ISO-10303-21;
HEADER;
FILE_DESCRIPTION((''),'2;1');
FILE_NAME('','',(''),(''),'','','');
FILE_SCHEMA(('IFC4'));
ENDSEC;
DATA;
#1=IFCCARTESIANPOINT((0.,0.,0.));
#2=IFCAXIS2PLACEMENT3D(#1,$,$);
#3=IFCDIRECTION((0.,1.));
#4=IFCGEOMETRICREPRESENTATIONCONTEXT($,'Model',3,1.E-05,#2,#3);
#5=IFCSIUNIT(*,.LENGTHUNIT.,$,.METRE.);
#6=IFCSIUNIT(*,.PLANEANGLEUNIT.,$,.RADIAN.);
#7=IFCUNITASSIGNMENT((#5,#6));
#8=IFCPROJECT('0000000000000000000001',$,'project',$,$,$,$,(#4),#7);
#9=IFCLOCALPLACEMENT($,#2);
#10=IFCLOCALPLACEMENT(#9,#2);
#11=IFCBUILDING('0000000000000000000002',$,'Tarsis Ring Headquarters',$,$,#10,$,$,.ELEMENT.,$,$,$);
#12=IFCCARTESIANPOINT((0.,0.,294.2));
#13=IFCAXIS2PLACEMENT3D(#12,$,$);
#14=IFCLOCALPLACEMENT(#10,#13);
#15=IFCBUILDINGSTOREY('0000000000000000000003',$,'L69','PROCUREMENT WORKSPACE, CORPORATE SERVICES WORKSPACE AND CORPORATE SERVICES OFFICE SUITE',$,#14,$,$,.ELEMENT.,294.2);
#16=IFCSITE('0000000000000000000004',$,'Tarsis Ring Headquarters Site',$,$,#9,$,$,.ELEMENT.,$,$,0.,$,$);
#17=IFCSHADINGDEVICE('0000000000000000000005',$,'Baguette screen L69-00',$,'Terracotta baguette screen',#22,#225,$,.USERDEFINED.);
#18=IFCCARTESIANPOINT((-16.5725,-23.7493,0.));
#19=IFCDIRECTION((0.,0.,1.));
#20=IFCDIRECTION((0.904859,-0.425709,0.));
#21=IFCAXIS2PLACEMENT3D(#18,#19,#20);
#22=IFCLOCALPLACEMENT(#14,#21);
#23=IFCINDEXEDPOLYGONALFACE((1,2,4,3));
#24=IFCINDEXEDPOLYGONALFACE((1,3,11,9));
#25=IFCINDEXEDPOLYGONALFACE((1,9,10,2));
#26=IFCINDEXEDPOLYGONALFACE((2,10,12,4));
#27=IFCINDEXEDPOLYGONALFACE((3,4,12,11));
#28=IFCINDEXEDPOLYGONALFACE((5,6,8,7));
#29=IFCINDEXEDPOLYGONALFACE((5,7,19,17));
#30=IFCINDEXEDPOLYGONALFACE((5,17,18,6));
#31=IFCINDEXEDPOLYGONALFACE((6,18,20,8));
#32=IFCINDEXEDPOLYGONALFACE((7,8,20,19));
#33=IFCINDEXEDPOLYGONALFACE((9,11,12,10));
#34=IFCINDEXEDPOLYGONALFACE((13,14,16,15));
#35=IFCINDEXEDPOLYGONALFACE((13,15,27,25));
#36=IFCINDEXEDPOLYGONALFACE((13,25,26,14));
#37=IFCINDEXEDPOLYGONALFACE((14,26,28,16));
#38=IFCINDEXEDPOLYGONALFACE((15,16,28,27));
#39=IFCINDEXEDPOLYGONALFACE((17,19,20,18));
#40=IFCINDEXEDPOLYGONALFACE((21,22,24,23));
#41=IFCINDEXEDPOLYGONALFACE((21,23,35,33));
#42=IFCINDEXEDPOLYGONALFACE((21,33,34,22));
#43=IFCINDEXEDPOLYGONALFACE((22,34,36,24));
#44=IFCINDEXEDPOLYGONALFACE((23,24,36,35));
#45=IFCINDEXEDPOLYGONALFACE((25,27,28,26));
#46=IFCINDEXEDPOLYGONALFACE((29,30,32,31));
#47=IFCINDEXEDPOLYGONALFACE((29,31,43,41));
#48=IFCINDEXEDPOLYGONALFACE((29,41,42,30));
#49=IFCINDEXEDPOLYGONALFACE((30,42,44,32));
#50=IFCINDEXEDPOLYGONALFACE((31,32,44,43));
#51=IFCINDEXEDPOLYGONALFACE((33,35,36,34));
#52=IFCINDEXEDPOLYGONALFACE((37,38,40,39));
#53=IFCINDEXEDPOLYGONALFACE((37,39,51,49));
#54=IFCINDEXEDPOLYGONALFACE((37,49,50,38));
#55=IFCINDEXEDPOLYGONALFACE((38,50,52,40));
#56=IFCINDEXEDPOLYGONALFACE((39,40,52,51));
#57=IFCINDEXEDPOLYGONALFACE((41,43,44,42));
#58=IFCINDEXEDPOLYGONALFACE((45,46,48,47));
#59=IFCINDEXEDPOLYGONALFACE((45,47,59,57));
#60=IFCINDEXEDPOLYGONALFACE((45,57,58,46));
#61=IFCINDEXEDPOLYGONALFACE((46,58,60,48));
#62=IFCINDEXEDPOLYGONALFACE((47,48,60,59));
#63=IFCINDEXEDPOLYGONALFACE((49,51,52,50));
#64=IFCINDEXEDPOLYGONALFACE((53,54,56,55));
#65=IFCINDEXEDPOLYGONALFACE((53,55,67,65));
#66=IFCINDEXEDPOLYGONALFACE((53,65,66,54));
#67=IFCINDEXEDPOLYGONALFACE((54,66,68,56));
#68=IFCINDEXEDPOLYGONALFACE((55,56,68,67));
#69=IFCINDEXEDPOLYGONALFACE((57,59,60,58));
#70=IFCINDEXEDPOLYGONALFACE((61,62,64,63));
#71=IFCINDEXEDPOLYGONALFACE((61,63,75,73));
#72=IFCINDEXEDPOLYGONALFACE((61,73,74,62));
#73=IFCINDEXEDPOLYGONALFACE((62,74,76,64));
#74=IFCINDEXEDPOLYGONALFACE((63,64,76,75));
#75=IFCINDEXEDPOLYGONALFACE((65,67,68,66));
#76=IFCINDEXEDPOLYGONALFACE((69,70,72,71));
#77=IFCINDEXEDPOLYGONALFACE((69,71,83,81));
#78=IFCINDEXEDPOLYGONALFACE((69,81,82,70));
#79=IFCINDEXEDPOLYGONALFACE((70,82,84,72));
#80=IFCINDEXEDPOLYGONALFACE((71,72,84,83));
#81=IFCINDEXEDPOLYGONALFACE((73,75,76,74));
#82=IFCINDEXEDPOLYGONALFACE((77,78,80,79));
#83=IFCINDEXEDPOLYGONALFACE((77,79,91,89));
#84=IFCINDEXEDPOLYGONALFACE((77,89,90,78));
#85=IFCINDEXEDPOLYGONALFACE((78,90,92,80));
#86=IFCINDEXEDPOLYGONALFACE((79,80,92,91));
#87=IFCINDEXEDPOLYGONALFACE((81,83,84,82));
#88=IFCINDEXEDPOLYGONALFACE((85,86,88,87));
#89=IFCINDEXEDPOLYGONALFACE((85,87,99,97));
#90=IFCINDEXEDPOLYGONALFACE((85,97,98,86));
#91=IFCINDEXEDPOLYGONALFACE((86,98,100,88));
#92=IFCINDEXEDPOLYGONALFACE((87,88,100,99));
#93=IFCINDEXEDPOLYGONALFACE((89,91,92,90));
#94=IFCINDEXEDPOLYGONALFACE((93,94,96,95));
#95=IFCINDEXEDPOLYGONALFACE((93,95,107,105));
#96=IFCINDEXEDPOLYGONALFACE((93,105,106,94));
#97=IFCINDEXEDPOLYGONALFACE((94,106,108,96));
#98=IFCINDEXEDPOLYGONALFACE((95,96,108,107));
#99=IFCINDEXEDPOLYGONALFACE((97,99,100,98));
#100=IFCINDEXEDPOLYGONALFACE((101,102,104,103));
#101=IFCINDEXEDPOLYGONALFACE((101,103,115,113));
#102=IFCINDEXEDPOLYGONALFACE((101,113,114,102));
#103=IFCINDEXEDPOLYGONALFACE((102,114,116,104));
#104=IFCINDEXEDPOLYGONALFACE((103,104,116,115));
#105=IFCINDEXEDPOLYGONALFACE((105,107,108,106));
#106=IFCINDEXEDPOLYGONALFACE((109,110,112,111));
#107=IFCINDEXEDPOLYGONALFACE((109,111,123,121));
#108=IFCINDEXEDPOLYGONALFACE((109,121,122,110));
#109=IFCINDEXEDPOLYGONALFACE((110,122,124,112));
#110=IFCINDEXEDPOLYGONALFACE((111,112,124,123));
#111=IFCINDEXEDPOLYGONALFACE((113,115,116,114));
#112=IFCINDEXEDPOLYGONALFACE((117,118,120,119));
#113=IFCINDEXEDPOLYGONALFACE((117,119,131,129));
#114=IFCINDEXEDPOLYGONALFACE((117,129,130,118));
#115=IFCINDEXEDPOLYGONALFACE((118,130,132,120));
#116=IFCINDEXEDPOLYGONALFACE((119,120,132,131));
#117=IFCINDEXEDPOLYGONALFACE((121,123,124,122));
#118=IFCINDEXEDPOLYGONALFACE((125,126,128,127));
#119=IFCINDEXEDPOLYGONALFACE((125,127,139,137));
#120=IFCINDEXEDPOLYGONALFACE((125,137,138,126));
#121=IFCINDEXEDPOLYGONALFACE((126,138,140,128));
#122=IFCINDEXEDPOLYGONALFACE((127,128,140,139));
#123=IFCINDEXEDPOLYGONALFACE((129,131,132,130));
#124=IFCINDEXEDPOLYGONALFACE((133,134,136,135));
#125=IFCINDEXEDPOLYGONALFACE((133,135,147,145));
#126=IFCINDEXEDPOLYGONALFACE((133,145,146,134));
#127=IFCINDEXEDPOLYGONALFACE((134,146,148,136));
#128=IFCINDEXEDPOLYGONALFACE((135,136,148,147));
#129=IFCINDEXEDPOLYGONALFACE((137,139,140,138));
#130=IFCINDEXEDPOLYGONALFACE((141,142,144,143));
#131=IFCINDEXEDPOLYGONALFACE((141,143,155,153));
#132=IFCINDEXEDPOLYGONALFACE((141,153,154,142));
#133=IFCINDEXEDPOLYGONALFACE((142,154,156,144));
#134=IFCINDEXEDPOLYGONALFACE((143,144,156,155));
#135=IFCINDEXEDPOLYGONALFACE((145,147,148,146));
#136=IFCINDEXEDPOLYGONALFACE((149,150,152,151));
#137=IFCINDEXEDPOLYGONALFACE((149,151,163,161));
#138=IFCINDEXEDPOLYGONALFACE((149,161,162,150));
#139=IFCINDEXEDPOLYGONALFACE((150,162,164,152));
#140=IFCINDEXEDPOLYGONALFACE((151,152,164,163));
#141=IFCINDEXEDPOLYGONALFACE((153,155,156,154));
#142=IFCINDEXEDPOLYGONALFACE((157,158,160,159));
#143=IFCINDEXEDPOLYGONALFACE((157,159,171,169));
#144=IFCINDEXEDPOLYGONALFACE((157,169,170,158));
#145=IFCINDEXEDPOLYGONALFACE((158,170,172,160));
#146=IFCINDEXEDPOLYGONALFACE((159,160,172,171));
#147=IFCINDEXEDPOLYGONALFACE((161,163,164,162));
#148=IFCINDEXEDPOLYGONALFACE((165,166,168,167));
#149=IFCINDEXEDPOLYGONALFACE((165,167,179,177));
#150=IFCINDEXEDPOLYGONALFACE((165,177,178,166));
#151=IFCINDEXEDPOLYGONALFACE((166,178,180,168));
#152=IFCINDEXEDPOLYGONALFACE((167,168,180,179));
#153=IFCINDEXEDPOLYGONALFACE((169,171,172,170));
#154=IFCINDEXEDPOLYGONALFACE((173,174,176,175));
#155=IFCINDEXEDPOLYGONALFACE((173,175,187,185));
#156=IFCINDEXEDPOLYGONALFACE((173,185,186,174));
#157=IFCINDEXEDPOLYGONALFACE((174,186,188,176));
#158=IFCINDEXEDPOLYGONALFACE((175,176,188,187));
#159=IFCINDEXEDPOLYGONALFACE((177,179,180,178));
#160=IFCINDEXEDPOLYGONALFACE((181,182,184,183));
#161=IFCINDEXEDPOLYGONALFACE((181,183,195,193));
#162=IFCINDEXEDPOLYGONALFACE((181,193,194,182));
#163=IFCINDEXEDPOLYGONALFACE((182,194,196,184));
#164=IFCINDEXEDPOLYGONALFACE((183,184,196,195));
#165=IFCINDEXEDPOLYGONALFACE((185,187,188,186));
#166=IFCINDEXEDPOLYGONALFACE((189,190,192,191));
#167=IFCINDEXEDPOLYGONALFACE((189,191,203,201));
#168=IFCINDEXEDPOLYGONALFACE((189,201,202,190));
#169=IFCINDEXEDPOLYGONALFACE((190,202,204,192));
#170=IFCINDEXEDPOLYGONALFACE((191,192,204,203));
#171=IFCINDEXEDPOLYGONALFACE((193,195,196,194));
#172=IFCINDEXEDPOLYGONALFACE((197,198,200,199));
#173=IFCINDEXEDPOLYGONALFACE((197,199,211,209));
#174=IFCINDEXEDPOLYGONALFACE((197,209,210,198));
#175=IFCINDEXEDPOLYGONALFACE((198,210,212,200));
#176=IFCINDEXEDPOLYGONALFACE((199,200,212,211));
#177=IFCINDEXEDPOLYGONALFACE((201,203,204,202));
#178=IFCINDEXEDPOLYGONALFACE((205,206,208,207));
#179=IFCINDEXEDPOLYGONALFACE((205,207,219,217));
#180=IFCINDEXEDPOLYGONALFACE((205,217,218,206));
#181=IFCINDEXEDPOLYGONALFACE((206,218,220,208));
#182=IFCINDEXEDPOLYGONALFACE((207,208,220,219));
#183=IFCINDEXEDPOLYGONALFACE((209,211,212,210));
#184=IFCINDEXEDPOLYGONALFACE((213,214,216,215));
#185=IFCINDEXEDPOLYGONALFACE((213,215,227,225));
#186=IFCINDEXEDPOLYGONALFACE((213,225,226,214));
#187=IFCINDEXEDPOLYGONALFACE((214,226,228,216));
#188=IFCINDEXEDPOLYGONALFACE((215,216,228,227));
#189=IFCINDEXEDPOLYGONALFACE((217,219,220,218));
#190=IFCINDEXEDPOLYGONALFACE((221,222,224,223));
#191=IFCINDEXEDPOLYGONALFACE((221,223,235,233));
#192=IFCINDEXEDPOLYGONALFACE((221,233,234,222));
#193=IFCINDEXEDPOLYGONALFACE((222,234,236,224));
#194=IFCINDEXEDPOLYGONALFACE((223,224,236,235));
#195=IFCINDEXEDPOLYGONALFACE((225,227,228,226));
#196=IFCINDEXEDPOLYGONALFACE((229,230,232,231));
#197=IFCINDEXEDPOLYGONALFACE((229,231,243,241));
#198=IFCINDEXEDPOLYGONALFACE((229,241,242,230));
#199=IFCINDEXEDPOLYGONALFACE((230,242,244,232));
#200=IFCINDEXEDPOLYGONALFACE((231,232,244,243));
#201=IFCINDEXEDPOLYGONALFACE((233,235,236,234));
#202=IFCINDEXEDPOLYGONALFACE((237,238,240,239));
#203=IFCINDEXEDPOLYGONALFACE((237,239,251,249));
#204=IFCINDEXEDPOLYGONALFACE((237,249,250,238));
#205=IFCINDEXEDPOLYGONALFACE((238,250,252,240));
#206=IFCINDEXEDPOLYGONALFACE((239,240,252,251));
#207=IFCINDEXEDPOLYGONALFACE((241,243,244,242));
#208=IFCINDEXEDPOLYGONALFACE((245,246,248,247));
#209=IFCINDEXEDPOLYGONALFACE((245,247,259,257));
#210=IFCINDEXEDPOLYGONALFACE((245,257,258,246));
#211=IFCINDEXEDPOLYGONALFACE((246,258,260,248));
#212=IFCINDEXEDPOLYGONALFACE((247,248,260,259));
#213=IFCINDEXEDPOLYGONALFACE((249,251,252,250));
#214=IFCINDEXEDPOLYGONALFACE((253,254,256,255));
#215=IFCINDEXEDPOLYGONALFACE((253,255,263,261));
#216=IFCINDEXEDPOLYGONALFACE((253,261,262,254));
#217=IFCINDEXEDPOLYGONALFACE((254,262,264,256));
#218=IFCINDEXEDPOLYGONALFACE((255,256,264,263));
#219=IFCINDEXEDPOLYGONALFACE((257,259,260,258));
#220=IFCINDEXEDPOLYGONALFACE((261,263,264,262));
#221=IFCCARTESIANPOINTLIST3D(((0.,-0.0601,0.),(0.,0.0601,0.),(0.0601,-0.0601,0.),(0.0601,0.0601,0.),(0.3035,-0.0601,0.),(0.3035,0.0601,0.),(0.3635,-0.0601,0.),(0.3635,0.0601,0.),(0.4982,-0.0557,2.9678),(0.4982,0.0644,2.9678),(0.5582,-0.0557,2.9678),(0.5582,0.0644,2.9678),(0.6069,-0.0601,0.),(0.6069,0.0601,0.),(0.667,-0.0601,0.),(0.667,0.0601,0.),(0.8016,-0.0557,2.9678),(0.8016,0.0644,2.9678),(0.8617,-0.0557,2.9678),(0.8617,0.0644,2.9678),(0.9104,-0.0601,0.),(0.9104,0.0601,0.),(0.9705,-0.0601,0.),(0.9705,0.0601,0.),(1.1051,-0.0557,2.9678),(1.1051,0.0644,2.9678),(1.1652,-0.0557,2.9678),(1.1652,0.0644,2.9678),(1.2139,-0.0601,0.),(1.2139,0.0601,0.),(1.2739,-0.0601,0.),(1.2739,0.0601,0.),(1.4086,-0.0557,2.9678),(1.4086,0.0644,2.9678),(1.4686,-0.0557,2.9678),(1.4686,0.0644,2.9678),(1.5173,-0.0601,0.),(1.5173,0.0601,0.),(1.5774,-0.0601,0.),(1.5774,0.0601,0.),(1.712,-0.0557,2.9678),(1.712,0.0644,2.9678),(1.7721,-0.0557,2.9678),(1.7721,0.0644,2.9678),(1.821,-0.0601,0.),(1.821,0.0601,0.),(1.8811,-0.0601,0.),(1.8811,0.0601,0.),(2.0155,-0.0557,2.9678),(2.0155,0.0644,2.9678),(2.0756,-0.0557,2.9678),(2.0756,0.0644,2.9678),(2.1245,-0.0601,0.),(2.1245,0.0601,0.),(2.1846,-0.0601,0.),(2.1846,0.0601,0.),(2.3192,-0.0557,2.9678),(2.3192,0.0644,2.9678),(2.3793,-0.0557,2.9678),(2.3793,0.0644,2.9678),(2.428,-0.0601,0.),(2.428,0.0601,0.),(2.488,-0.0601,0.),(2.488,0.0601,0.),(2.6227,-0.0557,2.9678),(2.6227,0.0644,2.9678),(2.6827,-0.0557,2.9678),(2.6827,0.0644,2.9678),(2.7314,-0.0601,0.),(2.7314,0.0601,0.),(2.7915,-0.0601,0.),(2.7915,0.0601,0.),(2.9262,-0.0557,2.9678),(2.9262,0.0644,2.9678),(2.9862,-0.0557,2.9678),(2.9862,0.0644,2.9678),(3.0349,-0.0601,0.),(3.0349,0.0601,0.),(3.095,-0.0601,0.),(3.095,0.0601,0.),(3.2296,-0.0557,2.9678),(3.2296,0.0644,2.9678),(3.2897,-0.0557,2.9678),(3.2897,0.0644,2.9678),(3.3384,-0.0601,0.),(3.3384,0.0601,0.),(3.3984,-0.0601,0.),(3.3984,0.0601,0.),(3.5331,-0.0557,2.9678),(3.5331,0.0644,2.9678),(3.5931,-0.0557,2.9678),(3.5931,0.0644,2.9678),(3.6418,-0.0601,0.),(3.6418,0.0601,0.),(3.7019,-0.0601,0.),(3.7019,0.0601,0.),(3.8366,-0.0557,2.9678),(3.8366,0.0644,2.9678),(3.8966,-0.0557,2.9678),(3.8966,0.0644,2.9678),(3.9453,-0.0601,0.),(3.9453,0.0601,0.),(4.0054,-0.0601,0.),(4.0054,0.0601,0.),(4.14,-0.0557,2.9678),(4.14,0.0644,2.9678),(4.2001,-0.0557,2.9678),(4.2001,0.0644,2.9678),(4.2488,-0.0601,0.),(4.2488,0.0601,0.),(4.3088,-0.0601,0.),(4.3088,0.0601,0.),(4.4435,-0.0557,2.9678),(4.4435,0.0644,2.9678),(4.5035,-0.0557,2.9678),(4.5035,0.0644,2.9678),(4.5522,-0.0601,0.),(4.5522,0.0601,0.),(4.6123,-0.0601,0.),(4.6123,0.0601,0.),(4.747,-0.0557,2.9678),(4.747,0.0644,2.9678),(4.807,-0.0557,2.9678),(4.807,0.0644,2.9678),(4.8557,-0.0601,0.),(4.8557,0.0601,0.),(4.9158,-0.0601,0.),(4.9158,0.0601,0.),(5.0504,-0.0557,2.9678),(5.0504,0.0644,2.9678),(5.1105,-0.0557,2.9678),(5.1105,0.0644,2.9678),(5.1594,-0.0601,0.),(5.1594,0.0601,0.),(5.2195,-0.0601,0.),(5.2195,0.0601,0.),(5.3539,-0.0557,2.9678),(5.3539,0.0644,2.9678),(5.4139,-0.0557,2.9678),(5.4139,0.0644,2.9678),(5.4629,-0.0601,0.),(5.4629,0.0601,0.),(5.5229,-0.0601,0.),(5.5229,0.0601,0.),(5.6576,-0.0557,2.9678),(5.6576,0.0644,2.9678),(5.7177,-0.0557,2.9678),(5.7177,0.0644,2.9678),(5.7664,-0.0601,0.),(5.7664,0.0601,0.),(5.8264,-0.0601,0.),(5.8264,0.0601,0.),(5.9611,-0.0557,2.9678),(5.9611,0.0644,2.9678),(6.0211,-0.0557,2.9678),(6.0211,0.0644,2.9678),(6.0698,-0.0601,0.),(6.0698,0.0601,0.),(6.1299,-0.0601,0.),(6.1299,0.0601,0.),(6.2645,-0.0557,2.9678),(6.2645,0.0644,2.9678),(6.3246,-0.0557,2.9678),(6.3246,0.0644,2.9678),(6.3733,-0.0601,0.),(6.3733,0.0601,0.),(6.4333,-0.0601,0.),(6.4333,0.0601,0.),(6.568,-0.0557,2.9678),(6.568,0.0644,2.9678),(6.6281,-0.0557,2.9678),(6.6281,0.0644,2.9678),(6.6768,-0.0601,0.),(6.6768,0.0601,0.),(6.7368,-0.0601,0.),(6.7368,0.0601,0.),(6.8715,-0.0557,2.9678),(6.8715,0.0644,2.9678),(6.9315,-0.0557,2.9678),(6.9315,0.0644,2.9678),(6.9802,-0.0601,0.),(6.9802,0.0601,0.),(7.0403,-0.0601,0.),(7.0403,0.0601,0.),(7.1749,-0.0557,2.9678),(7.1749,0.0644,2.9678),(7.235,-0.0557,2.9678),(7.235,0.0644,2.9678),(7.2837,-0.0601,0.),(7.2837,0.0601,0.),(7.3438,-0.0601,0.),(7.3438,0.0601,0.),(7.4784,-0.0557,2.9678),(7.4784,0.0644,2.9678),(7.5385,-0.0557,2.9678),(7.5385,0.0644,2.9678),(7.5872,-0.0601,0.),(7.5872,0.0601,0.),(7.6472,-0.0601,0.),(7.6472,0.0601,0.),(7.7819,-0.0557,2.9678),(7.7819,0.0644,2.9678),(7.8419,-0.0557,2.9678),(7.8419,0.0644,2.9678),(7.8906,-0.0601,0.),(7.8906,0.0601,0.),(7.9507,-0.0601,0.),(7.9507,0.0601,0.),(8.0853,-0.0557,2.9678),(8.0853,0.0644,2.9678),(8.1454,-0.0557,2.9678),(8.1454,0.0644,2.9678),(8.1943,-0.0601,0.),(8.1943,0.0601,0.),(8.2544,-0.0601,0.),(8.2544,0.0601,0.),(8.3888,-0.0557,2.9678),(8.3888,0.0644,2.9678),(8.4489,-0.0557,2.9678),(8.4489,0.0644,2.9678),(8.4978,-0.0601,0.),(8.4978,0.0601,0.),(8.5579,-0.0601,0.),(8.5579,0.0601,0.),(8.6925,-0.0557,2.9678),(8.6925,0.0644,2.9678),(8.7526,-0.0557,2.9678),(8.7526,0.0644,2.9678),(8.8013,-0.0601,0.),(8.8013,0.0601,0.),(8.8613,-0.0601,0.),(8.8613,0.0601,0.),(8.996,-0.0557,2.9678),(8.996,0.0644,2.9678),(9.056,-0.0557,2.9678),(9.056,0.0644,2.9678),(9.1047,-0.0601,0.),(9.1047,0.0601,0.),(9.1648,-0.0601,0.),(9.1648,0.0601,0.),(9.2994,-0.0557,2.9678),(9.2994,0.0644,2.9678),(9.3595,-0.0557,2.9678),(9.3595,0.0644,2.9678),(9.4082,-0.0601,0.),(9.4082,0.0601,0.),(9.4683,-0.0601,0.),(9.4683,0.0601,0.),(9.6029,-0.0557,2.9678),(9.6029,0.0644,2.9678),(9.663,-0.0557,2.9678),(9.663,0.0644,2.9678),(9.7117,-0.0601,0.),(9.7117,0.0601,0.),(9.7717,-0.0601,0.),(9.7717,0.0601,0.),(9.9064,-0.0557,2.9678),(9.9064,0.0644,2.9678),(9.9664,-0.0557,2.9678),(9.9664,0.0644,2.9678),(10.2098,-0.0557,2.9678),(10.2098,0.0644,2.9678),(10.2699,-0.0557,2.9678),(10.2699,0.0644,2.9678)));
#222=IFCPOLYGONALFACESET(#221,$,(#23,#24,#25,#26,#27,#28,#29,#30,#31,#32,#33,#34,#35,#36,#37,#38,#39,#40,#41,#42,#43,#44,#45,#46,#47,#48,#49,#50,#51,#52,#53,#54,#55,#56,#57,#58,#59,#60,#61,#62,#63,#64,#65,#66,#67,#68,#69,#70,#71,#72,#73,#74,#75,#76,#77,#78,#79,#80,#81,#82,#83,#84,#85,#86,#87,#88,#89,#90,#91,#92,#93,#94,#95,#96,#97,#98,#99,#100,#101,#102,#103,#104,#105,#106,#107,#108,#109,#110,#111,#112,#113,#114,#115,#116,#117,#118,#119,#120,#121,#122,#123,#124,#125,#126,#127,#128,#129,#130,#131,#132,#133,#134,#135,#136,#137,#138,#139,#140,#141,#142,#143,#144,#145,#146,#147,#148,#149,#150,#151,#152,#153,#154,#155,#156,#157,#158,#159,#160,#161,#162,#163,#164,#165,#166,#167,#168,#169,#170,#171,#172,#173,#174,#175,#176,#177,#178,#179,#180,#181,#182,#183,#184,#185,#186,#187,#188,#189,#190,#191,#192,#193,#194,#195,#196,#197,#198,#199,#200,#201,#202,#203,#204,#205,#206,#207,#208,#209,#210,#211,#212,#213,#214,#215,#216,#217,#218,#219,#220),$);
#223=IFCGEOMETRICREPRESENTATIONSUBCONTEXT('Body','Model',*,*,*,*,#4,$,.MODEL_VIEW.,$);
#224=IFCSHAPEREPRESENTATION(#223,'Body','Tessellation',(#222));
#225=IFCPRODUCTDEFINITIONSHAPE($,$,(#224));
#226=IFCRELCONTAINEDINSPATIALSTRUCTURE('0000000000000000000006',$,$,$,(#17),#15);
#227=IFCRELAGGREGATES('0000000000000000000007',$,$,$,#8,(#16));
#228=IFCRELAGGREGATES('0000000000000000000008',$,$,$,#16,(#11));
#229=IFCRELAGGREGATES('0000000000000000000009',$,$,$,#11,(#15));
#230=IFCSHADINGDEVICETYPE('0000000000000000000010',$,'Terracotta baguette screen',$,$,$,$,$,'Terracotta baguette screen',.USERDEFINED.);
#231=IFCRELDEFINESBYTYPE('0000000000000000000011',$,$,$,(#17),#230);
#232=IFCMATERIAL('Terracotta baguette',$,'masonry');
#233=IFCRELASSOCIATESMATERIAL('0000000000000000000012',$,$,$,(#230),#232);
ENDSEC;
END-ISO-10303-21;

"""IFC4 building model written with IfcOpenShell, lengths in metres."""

from ifc_helpers import new_model, si_unit, direction, frame, frame_2d, origin, place, context, subcontext, project, spatial, rectangle, composite_profile, extrude, material, type_object, element, save


model = new_model("IFC4")

# Units and contexts
model_context = context("Model", 3, precision=1e-05, world=origin(), true_north=direction((0.0, 1.0)))
body_context = subcontext(model_context, "Body", "Model", "MODEL_VIEW")
ifc_project = project(units=[si_unit("LENGTHUNIT", "METRE"), si_unit("PLANEANGLEUNIT", "RADIAN")], contexts=[model_context])

# Site, building, storey
site_placement = place(None, origin())
site = spatial("IfcSite", under=ifc_project, at=site_placement, Name="Tarsis Ring Headquarters Site", CompositionType="ELEMENT", RefElevation=0.0)
building_placement = place(site_placement, origin())
building = spatial("IfcBuilding", under=site, at=building_placement, Name="Tarsis Ring Headquarters", CompositionType="ELEMENT")
storey_placement = place(building_placement, frame((0.0, 0.0, 294.2)))
storey = spatial("IfcBuildingStorey", under=building, at=storey_placement, Name="L69", Description="PROCUREMENT WORKSPACE, CORPORATE SERVICES WORKSPACE AND CORPORATE SERVICES OFFICE SUITE", CompositionType="ELEMENT", Elevation=294.2)

# Shading device
ifc_material_1 = material(Name="Terracotta baguette", Category="masonry")
shading_device_type = type_object("IfcShadingDeviceType", Name="Terracotta baguette screen", ElementType="Terracotta baguette screen", PredefinedType="USERDEFINED", material=ifc_material_1)
shading_device_1_placement = place(storey_placement, frame((-16.5725, -23.7493, 0.0), z_axis=(0.0, 0.0, 1.0), x_axis=(0.904859, -0.425709, 0.0)))
element("IfcShadingDevice", 1, at=shading_device_1_placement, inside=storey, type_object=shading_device_type, Name="Baguette screen L69-00", ObjectType="Terracotta baguette screen", PredefinedType="USERDEFINED", context=body_context, shape_type="SweptSolid", body=[
    extrude(composite_profile([rectangle(XDim=0.0601, YDim=0.1201, at=frame_2d((0.03, 0.0))), rectangle(XDim=0.0601, YDim=0.1201, at=frame_2d((0.3335, 0.0))), rectangle(XDim=0.0601, YDim=0.1201, at=frame_2d((0.637, 0.0))), rectangle(XDim=0.0601, YDim=0.1201, at=frame_2d((0.9404, 0.0))), rectangle(XDim=0.0601, YDim=0.1201, at=frame_2d((1.2439, 0.0))), rectangle(XDim=0.0601, YDim=0.1201, at=frame_2d((1.5474, 0.0))), rectangle(XDim=0.0601, YDim=0.1201, at=frame_2d((1.8511, 0.0))), rectangle(XDim=0.0601, YDim=0.1201, at=frame_2d((2.1545, 0.0))), rectangle(XDim=0.0601, YDim=0.1201, at=frame_2d((2.458, 0.0))), rectangle(XDim=0.0601, YDim=0.1201, at=frame_2d((2.7615, 0.0))), rectangle(XDim=0.0601, YDim=0.1201, at=frame_2d((3.0649, 0.0))), rectangle(XDim=0.0601, YDim=0.1201, at=frame_2d((3.3684, 0.0))), rectangle(XDim=0.0601, YDim=0.1201, at=frame_2d((3.6719, 0.0))), rectangle(XDim=0.0601, YDim=0.1201, at=frame_2d((3.9753, 0.0))), rectangle(XDim=0.0601, YDim=0.1201, at=frame_2d((4.2788, 0.0))), rectangle(XDim=0.0601, YDim=0.1201, at=frame_2d((4.5823, 0.0))), rectangle(XDim=0.0601, YDim=0.1201, at=frame_2d((4.8857, 0.0))), rectangle(XDim=0.0601, YDim=0.1201, at=frame_2d((5.1895, 0.0))), rectangle(XDim=0.0601, YDim=0.1201, at=frame_2d((5.4929, 0.0))), rectangle(XDim=0.0601, YDim=0.1201, at=frame_2d((5.7964, 0.0))), rectangle(XDim=0.0601, YDim=0.1201, at=frame_2d((6.0999, 0.0))), rectangle(XDim=0.0601, YDim=0.1201, at=frame_2d((6.4033, 0.0))), rectangle(XDim=0.0601, YDim=0.1201, at=frame_2d((6.7068, 0.0))), rectangle(XDim=0.0601, YDim=0.1201, at=frame_2d((7.0103, 0.0))), rectangle(XDim=0.0601, YDim=0.1201, at=frame_2d((7.3137, 0.0))), rectangle(XDim=0.0601, YDim=0.1201, at=frame_2d((7.6172, 0.0))), rectangle(XDim=0.0601, YDim=0.1201, at=frame_2d((7.9207, 0.0))), rectangle(XDim=0.0601, YDim=0.1201, at=frame_2d((8.2244, 0.0))), rectangle(XDim=0.0601, YDim=0.1201, at=frame_2d((8.5278, 0.0))), rectangle(XDim=0.0601, YDim=0.1201, at=frame_2d((8.8313, 0.0))), rectangle(XDim=0.0601, YDim=0.1201, at=frame_2d((9.1348, 0.0))), rectangle(XDim=0.0601, YDim=0.1201, at=frame_2d((9.4382, 0.0))), rectangle(XDim=0.0601, YDim=0.1201, at=frame_2d((9.7417, 0.0)))]), origin(), (0.165546, 0.001446, 0.986201), 3.0093),
])

save(model, "model.ifc")
